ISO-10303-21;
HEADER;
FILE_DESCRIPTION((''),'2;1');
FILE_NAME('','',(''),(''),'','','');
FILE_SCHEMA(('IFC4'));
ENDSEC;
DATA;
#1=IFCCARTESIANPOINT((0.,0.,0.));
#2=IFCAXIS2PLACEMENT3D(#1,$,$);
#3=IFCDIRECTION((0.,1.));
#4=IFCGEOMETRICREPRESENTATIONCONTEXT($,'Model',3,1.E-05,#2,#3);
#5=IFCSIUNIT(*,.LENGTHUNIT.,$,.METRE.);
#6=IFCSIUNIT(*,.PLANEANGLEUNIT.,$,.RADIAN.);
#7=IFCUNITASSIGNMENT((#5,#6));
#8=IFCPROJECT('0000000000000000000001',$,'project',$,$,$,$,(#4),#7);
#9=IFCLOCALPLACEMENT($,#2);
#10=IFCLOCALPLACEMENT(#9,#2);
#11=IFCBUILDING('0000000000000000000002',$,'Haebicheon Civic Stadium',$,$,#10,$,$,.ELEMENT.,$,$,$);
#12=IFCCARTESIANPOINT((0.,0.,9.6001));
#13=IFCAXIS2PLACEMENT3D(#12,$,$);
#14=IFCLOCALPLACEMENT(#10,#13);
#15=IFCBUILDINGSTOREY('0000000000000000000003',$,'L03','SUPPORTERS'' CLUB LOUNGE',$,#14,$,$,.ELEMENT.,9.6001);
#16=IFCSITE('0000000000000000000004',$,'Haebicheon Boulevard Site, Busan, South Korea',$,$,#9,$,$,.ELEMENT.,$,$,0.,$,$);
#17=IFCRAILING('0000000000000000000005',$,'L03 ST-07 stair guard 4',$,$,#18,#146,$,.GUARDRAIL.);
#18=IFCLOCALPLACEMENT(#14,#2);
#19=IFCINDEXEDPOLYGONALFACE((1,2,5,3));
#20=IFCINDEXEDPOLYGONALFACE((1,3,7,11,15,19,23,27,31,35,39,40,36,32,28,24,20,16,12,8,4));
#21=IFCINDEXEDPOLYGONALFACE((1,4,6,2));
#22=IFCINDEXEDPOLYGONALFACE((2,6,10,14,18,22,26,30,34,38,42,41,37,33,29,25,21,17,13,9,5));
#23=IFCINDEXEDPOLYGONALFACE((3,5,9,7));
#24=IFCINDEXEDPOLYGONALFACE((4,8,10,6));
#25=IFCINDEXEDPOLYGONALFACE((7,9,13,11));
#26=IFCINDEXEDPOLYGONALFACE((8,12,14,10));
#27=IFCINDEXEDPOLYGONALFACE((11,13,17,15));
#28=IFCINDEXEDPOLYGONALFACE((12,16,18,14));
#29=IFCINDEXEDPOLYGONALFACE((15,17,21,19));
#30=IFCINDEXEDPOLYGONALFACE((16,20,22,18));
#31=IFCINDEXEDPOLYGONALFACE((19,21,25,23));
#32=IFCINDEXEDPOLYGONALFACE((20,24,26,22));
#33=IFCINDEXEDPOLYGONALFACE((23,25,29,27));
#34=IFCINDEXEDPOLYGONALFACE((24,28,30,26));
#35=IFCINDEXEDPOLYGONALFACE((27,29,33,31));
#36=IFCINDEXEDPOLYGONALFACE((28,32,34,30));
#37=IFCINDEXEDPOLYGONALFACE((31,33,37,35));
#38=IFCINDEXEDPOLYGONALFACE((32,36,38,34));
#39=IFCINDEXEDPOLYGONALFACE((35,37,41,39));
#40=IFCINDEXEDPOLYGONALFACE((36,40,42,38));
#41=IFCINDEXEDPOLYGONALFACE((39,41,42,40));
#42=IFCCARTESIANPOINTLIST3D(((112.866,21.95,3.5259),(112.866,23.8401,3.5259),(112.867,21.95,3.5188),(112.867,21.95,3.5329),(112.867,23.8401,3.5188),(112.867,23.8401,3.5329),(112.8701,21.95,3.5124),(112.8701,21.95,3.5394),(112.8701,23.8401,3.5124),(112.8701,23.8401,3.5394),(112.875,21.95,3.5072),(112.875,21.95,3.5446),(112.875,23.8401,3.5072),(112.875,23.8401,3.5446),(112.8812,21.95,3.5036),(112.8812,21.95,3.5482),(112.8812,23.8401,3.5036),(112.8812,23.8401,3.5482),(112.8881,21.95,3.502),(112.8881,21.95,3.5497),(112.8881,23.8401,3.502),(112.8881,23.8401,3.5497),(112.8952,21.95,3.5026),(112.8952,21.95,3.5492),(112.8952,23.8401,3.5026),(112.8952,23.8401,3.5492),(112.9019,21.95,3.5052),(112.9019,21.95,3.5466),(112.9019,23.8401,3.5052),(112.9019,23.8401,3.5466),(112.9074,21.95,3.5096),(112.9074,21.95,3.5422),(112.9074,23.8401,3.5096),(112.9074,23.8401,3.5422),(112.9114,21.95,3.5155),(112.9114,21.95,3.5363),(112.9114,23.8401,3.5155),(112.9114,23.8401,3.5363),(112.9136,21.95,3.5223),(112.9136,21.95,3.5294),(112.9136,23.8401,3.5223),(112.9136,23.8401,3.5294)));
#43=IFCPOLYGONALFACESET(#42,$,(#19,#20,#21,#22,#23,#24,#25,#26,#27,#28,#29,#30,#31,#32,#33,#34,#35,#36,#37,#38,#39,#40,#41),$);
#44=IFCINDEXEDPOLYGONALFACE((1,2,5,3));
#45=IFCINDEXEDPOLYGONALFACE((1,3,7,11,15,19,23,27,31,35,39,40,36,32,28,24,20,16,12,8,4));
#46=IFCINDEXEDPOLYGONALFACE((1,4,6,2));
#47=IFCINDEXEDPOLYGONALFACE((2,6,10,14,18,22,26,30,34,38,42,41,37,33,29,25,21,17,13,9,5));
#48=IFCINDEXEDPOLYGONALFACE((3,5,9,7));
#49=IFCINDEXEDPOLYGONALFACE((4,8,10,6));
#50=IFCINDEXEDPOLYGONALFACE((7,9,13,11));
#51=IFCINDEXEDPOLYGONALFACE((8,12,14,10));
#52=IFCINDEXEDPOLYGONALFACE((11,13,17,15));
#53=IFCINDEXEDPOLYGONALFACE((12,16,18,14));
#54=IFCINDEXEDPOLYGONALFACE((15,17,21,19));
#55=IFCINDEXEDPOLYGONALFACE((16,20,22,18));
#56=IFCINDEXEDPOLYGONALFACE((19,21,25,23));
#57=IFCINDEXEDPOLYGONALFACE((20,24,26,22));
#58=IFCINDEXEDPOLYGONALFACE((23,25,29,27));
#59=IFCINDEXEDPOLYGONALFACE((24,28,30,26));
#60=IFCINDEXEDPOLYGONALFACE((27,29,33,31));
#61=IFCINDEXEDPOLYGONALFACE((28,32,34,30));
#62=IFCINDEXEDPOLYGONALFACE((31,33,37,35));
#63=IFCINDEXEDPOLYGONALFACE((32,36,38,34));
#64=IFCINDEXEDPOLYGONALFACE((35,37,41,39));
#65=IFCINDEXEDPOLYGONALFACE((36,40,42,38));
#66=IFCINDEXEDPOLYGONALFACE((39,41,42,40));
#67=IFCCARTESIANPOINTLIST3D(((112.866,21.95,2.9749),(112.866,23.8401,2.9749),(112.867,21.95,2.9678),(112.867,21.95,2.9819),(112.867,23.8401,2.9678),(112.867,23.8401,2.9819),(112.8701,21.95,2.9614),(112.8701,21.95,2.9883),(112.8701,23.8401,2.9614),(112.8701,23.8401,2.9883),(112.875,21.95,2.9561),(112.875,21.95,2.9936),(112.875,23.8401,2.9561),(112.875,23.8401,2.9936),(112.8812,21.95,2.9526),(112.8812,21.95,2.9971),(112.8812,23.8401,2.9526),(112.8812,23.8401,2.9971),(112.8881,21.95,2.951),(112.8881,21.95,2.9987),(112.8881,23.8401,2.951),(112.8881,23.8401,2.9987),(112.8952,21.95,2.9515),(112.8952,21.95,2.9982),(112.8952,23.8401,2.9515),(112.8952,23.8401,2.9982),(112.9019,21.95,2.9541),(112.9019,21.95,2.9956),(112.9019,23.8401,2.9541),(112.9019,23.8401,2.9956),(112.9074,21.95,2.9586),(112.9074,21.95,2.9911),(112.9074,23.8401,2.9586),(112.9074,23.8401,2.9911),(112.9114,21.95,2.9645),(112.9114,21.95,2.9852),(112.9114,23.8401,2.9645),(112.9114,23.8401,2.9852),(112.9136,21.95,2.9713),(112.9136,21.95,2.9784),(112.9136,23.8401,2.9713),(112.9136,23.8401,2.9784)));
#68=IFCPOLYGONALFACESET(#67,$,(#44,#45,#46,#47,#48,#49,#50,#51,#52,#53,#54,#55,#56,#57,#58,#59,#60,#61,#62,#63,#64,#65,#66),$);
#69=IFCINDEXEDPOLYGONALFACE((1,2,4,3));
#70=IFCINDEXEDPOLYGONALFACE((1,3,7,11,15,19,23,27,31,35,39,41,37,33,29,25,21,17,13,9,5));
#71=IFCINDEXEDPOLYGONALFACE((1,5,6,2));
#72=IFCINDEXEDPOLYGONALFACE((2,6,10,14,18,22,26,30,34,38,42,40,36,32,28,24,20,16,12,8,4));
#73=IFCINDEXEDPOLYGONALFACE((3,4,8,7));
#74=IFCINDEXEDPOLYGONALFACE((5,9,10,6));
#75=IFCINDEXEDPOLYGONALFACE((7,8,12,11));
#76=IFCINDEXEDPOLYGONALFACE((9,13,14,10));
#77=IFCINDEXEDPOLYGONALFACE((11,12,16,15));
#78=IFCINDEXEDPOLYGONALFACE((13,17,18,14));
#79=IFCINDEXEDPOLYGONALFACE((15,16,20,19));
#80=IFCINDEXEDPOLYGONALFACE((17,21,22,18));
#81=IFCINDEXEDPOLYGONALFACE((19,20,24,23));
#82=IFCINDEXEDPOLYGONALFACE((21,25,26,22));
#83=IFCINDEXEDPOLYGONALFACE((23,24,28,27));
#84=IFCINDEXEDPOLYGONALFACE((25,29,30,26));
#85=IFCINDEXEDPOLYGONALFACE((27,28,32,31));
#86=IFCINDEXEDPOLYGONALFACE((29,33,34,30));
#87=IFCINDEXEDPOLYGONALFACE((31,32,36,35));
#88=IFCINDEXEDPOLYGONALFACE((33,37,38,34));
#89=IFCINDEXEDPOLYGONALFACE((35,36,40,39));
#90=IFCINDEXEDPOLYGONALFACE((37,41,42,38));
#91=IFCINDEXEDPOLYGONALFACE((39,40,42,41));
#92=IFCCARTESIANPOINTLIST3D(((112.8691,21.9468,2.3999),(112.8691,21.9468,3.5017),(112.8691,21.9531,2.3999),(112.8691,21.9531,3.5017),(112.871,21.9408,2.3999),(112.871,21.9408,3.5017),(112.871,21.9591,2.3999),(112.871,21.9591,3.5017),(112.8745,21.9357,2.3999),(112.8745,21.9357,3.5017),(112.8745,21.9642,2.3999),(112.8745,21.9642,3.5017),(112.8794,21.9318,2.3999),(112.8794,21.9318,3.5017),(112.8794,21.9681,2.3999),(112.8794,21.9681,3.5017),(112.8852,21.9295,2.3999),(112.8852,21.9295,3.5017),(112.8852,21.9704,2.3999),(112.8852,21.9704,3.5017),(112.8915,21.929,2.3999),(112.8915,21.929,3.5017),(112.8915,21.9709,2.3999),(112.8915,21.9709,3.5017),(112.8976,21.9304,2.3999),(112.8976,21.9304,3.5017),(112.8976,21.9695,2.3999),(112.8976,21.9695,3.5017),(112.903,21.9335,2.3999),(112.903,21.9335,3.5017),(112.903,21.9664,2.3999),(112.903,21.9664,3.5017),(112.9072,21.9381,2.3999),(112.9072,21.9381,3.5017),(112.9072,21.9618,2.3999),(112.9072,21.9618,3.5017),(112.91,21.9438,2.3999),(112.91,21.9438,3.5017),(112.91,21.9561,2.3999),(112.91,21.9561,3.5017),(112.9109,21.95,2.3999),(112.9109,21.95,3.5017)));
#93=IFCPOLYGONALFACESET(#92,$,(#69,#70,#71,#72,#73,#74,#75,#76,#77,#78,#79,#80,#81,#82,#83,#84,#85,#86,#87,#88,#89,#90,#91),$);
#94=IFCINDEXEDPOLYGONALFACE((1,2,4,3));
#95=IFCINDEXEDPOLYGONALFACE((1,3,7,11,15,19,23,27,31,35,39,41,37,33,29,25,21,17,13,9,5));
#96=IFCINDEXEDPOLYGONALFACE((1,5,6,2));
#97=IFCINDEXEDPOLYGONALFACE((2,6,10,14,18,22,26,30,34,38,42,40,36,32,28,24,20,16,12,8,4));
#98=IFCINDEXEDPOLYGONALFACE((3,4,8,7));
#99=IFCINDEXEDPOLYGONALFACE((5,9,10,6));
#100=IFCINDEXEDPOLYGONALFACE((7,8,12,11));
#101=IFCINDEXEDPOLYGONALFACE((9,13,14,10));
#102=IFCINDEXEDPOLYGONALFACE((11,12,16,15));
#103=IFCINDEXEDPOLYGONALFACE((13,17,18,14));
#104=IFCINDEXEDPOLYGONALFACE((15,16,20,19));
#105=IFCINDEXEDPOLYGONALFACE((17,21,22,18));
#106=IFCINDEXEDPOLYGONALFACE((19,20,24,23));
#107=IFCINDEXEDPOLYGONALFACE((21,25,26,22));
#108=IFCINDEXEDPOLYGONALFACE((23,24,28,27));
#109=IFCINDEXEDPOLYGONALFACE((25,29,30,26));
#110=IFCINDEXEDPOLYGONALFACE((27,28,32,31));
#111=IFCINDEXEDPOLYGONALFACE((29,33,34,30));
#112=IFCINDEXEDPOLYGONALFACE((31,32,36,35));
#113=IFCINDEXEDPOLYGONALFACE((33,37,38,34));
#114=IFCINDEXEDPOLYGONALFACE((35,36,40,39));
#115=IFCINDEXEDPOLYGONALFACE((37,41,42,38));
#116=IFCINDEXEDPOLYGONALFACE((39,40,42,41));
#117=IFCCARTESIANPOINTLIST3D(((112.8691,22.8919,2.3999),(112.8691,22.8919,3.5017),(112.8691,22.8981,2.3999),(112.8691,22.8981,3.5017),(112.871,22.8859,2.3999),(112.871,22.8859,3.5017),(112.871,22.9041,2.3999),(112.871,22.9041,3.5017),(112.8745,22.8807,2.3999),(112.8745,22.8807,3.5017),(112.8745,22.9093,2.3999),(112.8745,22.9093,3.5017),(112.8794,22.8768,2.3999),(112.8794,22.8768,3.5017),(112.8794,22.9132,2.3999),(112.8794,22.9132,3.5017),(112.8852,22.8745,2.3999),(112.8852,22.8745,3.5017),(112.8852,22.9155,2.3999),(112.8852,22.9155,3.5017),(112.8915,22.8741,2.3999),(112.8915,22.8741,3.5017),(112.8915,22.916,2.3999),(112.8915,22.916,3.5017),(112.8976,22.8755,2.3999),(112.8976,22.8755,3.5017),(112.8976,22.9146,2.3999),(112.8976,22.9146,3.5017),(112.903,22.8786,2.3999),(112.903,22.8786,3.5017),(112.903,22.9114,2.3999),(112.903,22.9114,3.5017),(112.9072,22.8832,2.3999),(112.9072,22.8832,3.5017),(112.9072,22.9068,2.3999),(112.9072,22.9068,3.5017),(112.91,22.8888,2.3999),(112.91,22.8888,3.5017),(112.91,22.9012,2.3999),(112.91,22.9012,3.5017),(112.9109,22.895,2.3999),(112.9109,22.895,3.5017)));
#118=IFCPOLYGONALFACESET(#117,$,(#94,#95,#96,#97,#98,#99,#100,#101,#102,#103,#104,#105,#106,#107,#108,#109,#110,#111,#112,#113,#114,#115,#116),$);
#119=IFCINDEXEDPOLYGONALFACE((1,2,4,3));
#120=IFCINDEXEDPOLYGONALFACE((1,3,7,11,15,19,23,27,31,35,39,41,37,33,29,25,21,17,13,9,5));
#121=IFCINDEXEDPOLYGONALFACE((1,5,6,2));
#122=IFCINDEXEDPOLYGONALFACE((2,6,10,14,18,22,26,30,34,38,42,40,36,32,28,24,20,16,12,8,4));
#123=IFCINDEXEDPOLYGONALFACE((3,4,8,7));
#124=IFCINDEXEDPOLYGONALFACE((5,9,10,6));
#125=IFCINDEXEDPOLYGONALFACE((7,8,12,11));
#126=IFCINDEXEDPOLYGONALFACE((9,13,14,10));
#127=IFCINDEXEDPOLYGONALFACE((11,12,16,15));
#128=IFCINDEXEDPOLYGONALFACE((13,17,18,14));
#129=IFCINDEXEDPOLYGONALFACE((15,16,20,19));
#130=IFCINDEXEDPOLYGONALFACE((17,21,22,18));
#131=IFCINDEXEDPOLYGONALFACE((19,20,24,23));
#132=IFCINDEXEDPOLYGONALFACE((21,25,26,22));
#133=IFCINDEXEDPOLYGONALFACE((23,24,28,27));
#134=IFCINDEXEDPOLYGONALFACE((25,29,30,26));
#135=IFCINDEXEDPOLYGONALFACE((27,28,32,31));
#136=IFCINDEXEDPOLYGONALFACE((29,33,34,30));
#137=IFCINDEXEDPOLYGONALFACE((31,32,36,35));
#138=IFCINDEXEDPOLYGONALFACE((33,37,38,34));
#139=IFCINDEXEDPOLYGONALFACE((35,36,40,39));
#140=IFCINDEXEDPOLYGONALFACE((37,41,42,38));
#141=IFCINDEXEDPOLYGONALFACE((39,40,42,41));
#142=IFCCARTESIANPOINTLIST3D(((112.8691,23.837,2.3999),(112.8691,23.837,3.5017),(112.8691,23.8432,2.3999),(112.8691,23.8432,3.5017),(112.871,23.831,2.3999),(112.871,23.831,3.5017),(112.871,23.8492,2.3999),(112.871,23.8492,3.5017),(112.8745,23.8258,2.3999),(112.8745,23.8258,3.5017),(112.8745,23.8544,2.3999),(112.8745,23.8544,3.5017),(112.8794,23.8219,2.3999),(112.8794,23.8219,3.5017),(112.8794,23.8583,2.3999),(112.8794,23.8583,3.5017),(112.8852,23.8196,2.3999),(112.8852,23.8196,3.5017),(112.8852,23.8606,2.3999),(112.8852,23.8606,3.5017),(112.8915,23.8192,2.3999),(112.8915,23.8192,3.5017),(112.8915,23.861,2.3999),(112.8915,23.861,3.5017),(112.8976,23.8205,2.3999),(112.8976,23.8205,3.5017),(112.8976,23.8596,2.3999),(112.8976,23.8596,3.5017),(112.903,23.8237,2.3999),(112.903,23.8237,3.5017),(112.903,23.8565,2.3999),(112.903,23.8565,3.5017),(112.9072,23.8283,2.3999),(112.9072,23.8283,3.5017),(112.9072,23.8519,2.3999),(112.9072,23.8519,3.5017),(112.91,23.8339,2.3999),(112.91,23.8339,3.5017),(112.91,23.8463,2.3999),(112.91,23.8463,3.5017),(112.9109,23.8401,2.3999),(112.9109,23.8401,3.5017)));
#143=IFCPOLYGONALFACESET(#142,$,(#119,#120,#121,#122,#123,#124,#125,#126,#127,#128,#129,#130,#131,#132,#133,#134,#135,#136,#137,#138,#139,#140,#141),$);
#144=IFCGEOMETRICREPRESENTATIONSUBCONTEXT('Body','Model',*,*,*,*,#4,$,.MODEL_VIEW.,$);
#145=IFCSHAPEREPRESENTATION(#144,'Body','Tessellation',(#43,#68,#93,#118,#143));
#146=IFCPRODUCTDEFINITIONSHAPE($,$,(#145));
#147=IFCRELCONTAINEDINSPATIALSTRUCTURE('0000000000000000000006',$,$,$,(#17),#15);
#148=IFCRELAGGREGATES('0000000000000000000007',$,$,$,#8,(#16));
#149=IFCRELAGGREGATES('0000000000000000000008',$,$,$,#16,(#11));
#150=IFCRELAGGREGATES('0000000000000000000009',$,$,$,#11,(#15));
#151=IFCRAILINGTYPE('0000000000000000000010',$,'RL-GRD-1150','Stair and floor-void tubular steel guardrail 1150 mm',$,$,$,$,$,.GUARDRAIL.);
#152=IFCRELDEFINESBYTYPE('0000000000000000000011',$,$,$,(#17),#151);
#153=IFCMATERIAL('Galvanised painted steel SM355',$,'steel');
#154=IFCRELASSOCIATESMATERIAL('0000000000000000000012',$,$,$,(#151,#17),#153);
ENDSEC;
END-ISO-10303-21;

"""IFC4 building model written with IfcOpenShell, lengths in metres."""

from ifc_helpers import new_model, si_unit, direction, frame, origin, origin_2d, place, context, subcontext, project, spatial, circle, extrude, material, type_object, element, save


model = new_model("IFC4")

# Units and contexts
model_context = context("Model", 3, precision=1e-05, world=origin(), true_north=direction((0.0, 1.0)))
body_context = subcontext(model_context, "Body", "Model", "MODEL_VIEW")
ifc_project = project(units=[si_unit("LENGTHUNIT", "METRE"), si_unit("PLANEANGLEUNIT", "RADIAN")], contexts=[model_context])

# Site, building, storey
site_placement = place(None, origin())
site = spatial("IfcSite", under=ifc_project, at=site_placement, Name="Haebicheon Boulevard Site, Busan, South Korea", CompositionType="ELEMENT", RefElevation=0.0)
building_placement = place(site_placement, origin())
building = spatial("IfcBuilding", under=site, at=building_placement, Name="Haebicheon Civic Stadium", CompositionType="ELEMENT")
storey_placement = place(building_placement, frame((0.0, 0.0, 9.6001)))
storey = spatial("IfcBuildingStorey", under=building, at=storey_placement, Name="L03", Description="SUPPORTERS' CLUB LOUNGE", CompositionType="ELEMENT", Elevation=9.6001)

# Railing
ifc_material_1 = material(Name="Galvanised painted steel SM355", Category="steel")
railing_type_1 = type_object("IfcRailingType", Name="RL-GRD-1150", Description="Stair and floor-void tubular steel guardrail 1150 mm", PredefinedType="GUARDRAIL", material=ifc_material_1)
railing_1_placement = place(storey_placement, frame((112.8899, 21.95, 2.3999)))
element("IfcRailing", 1, at=railing_1_placement, inside=storey, type_object=railing_type_1, material=ifc_material_1, Name="L03 ST-07 stair guard 4", PredefinedType="GUARDRAIL", context=body_context, shape_type="SweptSolid", body=[
    extrude(circle(Radius=0.0239, at=origin_2d()), frame((0.0, 0.0, 1.126), z_axis=(0.0, 1.0, 0.0), x_axis=(-1.0, 0.0, 0.0)), (0.0, 0.0, 1.0), 1.8901),
    extrude(circle(Radius=0.0239, at=origin_2d()), frame((0.0, 0.0, 0.575), z_axis=(0.0, 1.0, 0.0), x_axis=(-1.0, 0.0, 0.0)), (0.0, 0.0, 1.0), 1.8901),
    extrude(circle(Radius=0.021, at=origin_2d()), origin(), (0.0, 0.0, 1.0), 1.1018),
    extrude(circle(Radius=0.021, at=origin_2d()), frame((0.0, 0.9451, 0.0)), (0.0, 0.0, 1.0), 1.1018),
    extrude(circle(Radius=0.021, at=origin_2d()), frame((0.0, 1.8901, 0.0)), (0.0, 0.0, 1.0), 1.1018),
])

save(model, "model.ifc")
